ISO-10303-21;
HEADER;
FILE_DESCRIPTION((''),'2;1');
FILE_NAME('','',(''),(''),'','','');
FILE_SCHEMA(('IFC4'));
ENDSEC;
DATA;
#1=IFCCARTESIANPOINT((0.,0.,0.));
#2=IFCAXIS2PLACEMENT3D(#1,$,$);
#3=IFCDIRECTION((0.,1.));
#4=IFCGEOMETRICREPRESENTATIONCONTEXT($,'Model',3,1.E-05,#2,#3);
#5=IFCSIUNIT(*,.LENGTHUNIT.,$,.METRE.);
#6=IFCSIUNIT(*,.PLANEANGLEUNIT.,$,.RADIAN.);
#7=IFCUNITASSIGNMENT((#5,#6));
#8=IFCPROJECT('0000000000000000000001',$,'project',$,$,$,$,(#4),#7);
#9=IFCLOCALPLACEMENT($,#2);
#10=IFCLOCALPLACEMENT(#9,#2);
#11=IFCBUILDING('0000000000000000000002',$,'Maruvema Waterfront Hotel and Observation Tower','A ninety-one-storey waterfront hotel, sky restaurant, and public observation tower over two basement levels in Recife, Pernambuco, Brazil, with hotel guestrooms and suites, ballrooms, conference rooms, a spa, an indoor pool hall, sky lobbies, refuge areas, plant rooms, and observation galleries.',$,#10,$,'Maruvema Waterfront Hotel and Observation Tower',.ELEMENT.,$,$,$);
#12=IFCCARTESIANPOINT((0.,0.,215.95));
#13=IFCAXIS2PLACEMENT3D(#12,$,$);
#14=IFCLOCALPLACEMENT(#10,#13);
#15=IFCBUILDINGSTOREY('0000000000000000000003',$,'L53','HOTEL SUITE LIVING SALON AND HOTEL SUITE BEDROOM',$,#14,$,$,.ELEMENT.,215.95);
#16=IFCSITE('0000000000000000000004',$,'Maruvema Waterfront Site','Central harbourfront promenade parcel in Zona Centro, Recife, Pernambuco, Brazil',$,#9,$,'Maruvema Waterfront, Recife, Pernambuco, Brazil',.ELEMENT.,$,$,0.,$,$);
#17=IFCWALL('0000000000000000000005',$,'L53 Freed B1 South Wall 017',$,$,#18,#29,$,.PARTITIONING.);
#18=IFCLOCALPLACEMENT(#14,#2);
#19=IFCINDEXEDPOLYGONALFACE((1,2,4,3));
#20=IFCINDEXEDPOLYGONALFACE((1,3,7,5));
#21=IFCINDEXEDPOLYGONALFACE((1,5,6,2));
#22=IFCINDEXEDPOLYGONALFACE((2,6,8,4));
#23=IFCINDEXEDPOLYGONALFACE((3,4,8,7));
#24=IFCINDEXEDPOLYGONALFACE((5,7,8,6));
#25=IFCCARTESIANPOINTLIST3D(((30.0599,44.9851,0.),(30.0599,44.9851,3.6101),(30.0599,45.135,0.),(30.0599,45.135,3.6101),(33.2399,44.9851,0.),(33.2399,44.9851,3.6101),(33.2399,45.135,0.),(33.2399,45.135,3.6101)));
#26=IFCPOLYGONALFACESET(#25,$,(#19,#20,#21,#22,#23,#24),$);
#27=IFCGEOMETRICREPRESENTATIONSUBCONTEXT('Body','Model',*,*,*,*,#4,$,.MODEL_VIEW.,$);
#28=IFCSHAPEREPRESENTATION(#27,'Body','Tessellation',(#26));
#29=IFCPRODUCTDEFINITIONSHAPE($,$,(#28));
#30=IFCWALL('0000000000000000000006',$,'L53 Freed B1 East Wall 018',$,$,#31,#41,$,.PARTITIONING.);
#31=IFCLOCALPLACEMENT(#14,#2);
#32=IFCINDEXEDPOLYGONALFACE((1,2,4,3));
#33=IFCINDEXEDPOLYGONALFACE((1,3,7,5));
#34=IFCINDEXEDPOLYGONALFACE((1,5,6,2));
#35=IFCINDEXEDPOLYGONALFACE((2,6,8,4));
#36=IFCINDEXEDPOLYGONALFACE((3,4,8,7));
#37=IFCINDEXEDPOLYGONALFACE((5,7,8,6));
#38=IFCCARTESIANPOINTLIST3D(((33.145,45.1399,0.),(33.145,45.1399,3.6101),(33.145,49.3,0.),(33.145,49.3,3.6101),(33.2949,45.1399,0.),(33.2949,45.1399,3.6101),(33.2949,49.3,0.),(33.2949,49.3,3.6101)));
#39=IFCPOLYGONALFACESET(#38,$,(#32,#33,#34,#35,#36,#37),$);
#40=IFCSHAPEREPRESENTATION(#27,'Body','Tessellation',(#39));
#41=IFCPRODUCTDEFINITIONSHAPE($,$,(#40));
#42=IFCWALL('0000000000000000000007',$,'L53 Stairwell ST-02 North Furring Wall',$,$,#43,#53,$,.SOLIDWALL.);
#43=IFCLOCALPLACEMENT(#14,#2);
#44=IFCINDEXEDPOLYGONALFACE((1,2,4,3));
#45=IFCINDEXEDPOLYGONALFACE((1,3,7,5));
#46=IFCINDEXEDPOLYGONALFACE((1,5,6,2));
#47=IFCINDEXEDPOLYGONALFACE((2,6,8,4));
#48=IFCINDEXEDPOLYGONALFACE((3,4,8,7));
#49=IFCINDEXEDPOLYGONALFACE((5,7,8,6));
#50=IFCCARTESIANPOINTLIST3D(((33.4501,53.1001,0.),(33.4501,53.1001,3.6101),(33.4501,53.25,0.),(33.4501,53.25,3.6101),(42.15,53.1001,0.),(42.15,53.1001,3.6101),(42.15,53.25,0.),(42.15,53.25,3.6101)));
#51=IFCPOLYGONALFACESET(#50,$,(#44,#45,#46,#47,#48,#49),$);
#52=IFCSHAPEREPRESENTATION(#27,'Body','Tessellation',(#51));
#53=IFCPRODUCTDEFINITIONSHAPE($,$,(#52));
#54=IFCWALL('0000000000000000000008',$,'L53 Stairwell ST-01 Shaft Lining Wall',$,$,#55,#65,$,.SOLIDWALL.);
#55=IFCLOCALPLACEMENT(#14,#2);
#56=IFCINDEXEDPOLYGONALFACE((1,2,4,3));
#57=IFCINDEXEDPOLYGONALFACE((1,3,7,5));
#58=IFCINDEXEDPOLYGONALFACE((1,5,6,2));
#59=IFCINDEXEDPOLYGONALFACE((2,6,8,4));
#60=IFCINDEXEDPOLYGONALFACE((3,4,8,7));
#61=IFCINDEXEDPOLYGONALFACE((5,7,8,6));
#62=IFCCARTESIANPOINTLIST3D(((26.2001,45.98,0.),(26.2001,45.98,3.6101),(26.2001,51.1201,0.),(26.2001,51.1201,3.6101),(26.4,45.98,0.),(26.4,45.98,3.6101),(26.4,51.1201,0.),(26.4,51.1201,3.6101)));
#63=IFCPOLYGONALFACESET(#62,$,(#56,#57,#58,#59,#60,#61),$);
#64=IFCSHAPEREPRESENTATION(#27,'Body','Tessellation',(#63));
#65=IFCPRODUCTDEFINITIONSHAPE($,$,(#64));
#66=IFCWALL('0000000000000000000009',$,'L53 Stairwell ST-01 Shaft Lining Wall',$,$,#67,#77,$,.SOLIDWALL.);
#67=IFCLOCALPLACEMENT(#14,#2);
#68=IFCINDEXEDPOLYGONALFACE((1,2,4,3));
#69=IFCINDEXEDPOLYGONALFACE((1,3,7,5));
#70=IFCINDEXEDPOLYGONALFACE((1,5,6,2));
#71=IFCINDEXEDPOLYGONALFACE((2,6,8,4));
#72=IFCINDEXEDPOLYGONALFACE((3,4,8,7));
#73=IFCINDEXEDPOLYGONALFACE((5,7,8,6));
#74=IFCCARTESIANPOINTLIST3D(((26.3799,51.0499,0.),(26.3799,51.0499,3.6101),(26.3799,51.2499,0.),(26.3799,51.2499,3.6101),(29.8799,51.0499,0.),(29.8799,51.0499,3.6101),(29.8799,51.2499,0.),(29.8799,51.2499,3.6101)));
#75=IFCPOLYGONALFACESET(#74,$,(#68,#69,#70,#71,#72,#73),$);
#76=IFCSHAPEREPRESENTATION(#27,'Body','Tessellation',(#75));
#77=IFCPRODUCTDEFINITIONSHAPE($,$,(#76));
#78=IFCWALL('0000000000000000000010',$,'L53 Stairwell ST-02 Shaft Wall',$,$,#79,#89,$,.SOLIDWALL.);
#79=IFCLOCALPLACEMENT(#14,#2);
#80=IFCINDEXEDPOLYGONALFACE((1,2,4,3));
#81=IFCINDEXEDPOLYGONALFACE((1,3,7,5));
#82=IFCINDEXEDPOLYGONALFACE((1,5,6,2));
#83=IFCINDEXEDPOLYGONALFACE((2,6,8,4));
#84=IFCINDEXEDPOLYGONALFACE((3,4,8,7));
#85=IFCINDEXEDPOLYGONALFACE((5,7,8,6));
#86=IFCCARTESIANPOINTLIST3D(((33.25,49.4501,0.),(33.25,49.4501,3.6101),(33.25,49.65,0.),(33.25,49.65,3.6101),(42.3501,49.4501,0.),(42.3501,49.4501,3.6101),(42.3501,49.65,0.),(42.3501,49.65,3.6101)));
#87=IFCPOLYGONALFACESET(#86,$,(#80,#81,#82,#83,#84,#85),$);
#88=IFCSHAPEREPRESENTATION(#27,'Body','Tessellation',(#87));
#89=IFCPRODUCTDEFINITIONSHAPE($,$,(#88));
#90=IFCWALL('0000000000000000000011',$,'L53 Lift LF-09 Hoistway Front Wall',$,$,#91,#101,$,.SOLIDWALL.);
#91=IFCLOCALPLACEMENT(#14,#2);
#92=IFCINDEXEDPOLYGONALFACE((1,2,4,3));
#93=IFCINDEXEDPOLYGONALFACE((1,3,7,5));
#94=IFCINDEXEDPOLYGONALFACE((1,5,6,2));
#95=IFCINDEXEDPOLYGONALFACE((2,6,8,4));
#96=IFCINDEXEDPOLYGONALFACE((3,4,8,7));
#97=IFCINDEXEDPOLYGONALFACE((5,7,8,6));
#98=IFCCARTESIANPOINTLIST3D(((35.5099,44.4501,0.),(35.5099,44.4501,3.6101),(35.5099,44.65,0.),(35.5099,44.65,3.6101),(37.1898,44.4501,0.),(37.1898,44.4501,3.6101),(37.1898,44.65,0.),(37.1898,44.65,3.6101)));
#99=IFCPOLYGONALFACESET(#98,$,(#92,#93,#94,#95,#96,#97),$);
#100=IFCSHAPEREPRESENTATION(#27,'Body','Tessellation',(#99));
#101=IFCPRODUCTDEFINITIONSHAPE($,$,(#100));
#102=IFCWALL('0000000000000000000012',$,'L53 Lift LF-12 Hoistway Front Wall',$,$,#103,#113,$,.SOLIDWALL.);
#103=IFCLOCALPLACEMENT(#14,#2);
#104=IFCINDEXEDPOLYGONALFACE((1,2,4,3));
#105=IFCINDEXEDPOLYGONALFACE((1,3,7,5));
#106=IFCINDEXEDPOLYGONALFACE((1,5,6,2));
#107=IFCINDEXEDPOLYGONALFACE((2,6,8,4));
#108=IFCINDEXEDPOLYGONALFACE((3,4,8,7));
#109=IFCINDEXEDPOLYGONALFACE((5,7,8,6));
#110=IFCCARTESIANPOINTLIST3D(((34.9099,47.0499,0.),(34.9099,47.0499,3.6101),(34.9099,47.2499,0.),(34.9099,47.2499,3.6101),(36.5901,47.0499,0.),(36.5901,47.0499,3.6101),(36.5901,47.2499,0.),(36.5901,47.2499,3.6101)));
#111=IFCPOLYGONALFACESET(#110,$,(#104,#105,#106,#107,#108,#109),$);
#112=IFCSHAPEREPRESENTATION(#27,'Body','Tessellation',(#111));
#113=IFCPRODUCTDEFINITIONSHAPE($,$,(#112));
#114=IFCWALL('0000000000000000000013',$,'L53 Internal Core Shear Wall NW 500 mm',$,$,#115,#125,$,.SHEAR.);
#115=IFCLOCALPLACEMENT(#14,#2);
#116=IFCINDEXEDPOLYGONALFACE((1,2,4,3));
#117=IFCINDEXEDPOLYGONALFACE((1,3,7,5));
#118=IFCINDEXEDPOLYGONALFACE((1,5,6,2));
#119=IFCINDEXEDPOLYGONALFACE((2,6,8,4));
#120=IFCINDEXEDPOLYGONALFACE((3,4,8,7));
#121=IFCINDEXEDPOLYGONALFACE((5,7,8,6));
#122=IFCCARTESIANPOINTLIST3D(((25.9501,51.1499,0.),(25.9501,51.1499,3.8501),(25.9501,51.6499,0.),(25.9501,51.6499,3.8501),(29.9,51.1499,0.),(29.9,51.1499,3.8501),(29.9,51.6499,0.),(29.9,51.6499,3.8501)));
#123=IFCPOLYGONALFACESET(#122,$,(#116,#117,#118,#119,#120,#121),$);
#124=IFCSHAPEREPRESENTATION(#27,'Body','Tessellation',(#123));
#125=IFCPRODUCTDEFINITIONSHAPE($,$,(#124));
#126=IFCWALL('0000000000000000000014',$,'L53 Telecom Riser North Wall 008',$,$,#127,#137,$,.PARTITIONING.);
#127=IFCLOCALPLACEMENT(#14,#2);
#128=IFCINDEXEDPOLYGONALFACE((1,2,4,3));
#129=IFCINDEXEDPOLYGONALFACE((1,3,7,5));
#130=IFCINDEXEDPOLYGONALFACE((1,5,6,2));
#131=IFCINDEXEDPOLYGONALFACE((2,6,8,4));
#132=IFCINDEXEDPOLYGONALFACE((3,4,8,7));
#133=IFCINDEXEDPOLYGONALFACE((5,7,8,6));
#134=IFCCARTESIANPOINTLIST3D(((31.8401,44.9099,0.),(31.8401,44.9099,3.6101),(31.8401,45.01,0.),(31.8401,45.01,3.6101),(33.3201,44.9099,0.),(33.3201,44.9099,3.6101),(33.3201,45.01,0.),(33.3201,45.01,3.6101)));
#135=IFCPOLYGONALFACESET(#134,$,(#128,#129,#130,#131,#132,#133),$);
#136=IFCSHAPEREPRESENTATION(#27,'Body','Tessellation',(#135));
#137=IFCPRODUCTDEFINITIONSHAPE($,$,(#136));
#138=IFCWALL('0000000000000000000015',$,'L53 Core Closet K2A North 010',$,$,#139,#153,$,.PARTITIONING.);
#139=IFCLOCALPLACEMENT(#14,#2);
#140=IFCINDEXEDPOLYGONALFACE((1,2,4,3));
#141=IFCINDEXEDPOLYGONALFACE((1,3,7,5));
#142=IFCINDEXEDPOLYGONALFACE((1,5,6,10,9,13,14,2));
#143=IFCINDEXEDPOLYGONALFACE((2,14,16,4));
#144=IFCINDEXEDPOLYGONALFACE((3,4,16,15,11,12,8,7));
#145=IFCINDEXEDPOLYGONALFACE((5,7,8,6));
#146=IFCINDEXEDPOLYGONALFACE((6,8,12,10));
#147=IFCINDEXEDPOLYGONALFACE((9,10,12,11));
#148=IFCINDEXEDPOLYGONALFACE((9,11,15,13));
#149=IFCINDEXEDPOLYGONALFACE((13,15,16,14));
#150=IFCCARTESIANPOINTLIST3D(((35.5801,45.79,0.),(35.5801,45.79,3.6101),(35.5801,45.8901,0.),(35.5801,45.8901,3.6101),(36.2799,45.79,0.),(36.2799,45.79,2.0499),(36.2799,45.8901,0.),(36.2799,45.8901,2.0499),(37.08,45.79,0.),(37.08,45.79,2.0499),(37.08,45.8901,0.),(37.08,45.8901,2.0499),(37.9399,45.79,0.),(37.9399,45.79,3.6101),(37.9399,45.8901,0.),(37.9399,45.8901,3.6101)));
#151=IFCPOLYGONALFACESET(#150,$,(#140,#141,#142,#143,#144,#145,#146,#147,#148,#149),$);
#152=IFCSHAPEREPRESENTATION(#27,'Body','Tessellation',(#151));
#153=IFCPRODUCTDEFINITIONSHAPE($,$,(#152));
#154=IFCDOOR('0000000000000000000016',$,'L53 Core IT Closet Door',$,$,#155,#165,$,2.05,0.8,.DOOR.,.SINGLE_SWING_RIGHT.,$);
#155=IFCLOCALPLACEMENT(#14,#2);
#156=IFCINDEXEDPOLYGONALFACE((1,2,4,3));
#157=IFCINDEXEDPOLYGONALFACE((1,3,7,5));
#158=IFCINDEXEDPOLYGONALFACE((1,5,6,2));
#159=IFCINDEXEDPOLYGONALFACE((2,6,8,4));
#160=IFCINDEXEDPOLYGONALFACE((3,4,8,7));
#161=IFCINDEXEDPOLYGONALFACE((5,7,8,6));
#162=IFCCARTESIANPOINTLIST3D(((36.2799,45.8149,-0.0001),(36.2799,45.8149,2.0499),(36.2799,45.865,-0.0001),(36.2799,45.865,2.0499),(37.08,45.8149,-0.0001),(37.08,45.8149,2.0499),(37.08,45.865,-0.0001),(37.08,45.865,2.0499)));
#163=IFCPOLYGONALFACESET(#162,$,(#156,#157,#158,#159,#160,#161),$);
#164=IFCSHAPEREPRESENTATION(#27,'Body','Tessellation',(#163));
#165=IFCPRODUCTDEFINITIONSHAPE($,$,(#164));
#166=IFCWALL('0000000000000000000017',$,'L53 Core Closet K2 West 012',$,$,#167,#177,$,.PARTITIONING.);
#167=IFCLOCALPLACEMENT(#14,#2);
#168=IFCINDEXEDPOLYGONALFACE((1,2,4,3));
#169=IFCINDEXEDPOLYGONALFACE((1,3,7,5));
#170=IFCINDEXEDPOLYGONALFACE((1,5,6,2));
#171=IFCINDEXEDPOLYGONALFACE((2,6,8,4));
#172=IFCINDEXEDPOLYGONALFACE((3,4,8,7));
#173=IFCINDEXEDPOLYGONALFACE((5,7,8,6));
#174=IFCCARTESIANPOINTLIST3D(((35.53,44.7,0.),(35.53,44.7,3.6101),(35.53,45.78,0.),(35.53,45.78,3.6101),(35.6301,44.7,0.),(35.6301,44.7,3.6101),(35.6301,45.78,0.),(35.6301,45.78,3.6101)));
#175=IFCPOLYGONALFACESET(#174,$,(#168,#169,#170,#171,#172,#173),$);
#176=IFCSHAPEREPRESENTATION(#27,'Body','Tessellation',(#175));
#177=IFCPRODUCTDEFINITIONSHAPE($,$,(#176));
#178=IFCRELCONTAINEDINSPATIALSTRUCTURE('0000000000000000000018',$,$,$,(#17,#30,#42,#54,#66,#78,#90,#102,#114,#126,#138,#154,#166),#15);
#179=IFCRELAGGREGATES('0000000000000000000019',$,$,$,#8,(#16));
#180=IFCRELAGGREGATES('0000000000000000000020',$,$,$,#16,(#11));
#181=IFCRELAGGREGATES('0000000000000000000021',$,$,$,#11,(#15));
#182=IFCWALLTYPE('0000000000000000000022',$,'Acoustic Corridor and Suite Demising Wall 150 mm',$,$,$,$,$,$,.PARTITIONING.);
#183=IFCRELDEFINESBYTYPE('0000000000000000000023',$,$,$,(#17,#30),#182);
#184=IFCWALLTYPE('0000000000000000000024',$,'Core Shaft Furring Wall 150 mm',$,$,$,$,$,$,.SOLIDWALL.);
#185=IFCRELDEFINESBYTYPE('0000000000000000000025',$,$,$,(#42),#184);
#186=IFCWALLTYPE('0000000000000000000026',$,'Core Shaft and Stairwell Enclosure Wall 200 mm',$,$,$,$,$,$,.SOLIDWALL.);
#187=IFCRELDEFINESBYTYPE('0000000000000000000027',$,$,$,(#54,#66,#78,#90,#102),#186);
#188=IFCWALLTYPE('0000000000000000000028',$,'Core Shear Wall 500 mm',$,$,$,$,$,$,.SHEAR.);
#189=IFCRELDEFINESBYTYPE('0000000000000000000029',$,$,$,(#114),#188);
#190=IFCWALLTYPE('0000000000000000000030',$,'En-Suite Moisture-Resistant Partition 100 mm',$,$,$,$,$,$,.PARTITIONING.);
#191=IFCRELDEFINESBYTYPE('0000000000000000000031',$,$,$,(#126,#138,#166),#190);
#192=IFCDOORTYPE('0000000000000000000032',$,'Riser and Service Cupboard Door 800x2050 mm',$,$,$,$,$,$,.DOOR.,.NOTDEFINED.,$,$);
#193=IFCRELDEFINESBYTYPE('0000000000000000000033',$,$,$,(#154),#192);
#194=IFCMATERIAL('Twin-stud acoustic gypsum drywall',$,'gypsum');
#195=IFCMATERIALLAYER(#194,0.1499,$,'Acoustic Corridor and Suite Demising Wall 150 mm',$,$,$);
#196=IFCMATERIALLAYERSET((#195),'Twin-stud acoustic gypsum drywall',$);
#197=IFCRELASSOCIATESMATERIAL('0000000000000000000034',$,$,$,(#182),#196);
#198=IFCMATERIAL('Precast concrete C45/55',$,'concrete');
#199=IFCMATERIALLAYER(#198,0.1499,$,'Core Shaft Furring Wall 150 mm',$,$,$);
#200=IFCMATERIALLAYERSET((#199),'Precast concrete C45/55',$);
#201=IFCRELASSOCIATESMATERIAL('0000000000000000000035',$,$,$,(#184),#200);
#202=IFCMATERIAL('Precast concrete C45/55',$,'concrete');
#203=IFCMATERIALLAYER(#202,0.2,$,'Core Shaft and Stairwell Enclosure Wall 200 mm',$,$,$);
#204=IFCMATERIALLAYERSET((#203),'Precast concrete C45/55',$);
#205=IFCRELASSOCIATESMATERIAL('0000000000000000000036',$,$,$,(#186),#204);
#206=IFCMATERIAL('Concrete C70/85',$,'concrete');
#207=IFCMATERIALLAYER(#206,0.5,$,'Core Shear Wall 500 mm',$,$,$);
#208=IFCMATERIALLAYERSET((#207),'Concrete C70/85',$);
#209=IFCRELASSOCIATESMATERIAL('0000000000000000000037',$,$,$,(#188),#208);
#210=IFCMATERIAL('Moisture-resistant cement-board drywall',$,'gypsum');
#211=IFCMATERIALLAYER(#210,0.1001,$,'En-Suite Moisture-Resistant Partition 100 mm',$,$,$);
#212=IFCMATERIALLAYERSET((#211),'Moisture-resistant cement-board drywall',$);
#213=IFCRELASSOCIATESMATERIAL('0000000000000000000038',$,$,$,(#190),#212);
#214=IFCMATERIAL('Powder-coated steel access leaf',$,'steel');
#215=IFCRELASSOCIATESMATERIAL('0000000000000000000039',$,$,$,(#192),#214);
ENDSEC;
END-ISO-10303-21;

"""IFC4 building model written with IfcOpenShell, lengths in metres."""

from ifc_helpers import new_model, si_unit, direction, frame, frame_2d, origin, place, context, subcontext, project, spatial, rectangle, extrude, material, layer, layer_set, type_object, element, fill, save


model = new_model("IFC4")

# Units and contexts
model_context = context("Model", 3, precision=1e-05, world=origin(), true_north=direction((0.0, 1.0)))
body_context = subcontext(model_context, "Body", "Model", "MODEL_VIEW")
ifc_project = project(units=[si_unit("LENGTHUNIT", "METRE"), si_unit("PLANEANGLEUNIT", "RADIAN")], contexts=[model_context])

# Site, building, storey
site_placement = place(None, origin())
site = spatial("IfcSite", under=ifc_project, at=site_placement, Name="Maruvema Waterfront Site", Description="Central harbourfront promenade parcel in Zona Centro, Recife, Pernambuco, Brazil", LongName="Maruvema Waterfront, Recife, Pernambuco, Brazil", CompositionType="ELEMENT", RefElevation=0.0)
building_placement = place(site_placement, origin())
building = spatial("IfcBuilding", under=site, at=building_placement, Name="Maruvema Waterfront Hotel and Observation Tower", Description="A ninety-one-storey waterfront hotel, sky restaurant, and public observation tower over two basement levels in Recife, Pernambuco, Brazil, with hotel guestrooms and suites, ballrooms, conference rooms, a spa, an indoor pool hall, sky lobbies, refuge areas, plant rooms, and observation galleries.", LongName="Maruvema Waterfront Hotel and Observation Tower", CompositionType="ELEMENT")
storey_placement = place(building_placement, frame((0.0, 0.0, 215.95)))
storey = spatial("IfcBuildingStorey", under=building, at=storey_placement, Name="L53", Description="HOTEL SUITE LIVING SALON AND HOTEL SUITE BEDROOM", CompositionType="ELEMENT", Elevation=215.95)

# Walls
ifc_material_1 = material(Name="Twin-stud acoustic gypsum drywall", Category="gypsum")
ifc_layer_1 = layer(ifc_material_1, 0.1499, Name="Acoustic Corridor and Suite Demising Wall 150 mm")
ifc_layer_set_1 = layer_set([ifc_layer_1], Name="Twin-stud acoustic gypsum drywall")
wall_type_1 = type_object("IfcWallType", Name="Acoustic Corridor and Suite Demising Wall 150 mm", PredefinedType="PARTITIONING", material=ifc_layer_set_1)
wall_1_placement = place(storey_placement, frame((30.0601, 45.0601, 0.0), z_axis=(0.0, 0.0, 1.0), x_axis=(1.0, 0.0, 0.0)))
element("IfcWall", 1, at=wall_1_placement, inside=storey, type_object=wall_type_1, Name="L53 Freed B1 South Wall 017", PredefinedType="PARTITIONING", context=body_context, shape_type="SweptSolid", body=[
    extrude(rectangle(XDim=3.1799, YDim=0.1499, at=frame_2d((1.5898, 0.0))), origin(), (0.0, 0.0, 1.0), 3.6101),
])
wall_2_placement = place(storey_placement, frame((33.22, 45.1399, 0.0), z_axis=(0.0, 0.0, 1.0), x_axis=(0.0, 1.0, 0.0)))
element("IfcWall", 2, at=wall_2_placement, inside=storey, type_object=wall_type_1, Name="L53 Freed B1 East Wall 018", PredefinedType="PARTITIONING", context=body_context, shape_type="SweptSolid", body=[
    extrude(rectangle(XDim=4.1602, YDim=0.1499, at=frame_2d((2.0801, 0.0))), origin(), (0.0, 0.0, 1.0), 3.6101),
])
ifc_material_2 = material(Name="Precast concrete C45/55", Category="concrete")
ifc_layer_2 = layer(ifc_material_2, 0.1499, Name="Core Shaft Furring Wall 150 mm")
ifc_layer_set_2 = layer_set([ifc_layer_2], Name="Precast concrete C45/55")
wall_type_2 = type_object("IfcWallType", Name="Core Shaft Furring Wall 150 mm", PredefinedType="SOLIDWALL", material=ifc_layer_set_2)
wall_3_placement = place(storey_placement, frame((33.45, 53.175, 0.0), z_axis=(0.0, 0.0, 1.0), x_axis=(1.0, 0.0, 0.0)))
element("IfcWall", 3, at=wall_3_placement, inside=storey, type_object=wall_type_2, Name="L53 Stairwell ST-02 North Furring Wall", PredefinedType="SOLIDWALL", context=body_context, shape_type="SweptSolid", body=[
    extrude(rectangle(XDim=8.7, YDim=0.1499, at=frame_2d((4.3501, 0.0))), origin(), (0.0, 0.0, 1.0), 3.6101),
])
ifc_material_3 = material(Name="Precast concrete C45/55", Category="concrete")
ifc_layer_3 = layer(ifc_material_3, 0.2, Name="Core Shaft and Stairwell Enclosure Wall 200 mm")
ifc_layer_set_3 = layer_set([ifc_layer_3], Name="Precast concrete C45/55")
wall_type_3 = type_object("IfcWallType", Name="Core Shaft and Stairwell Enclosure Wall 200 mm", PredefinedType="SOLIDWALL", material=ifc_layer_set_3)
wall_4_placement = place(storey_placement, frame((26.3, 45.98, 0.0), z_axis=(0.0, 0.0, 1.0), x_axis=(0.0, 1.0, 0.0)))
element("IfcWall", 4, at=wall_4_placement, inside=storey, type_object=wall_type_3, Name="L53 Stairwell ST-01 Shaft Lining Wall", PredefinedType="SOLIDWALL", context=body_context, shape_type="SweptSolid", body=[
    extrude(rectangle(XDim=5.1401, YDim=0.2, at=frame_2d((2.5701, 0.0))), origin(), (0.0, 0.0, 1.0), 3.6101),
])
wall_5_placement = place(storey_placement, frame((26.3799, 51.1499, 0.0), z_axis=(0.0, 0.0, 1.0), x_axis=(1.0, 0.0, 0.0)))
element("IfcWall", 5, at=wall_5_placement, inside=storey, type_object=wall_type_3, Name="L53 Stairwell ST-01 Shaft Lining Wall", PredefinedType="SOLIDWALL", context=body_context, shape_type="SweptSolid", body=[
    extrude(rectangle(XDim=3.5, YDim=0.2, at=frame_2d((1.75, 0.0))), origin(), (0.0, 0.0, 1.0), 3.6101),
])
wall_6_placement = place(storey_placement, frame((33.25, 49.55, 0.0), z_axis=(0.0, 0.0, 1.0), x_axis=(1.0, 0.0, 0.0)))
element("IfcWall", 6, at=wall_6_placement, inside=storey, type_object=wall_type_3, Name="L53 Stairwell ST-02 Shaft Wall", PredefinedType="SOLIDWALL", context=body_context, shape_type="SweptSolid", body=[
    extrude(rectangle(XDim=9.1001, YDim=0.2, at=frame_2d((4.55, 0.0))), origin(), (0.0, 0.0, 1.0), 3.6101),
])

# Walls
wall_7_placement = place(storey_placement, frame((35.51, 44.55, 0.0), z_axis=(0.0, 0.0, 1.0), x_axis=(1.0, 0.0, 0.0)))
element("IfcWall", 7, at=wall_7_placement, inside=storey, type_object=wall_type_3, Name="L53 Lift LF-09 Hoistway Front Wall", PredefinedType="SOLIDWALL", context=body_context, shape_type="SweptSolid", body=[
    extrude(rectangle(XDim=1.6799, YDim=0.2, at=frame_2d((0.8398, 0.0))), origin(), (0.0, 0.0, 1.0), 3.6101),
])
wall_8_placement = place(storey_placement, frame((34.9099, 47.1499, 0.0), z_axis=(0.0, 0.0, 1.0), x_axis=(1.0, 0.0, 0.0)))
element("IfcWall", 8, at=wall_8_placement, inside=storey, type_object=wall_type_3, Name="L53 Lift LF-12 Hoistway Front Wall", PredefinedType="SOLIDWALL", context=body_context, shape_type="SweptSolid", body=[
    extrude(rectangle(XDim=1.6802, YDim=0.2, at=frame_2d((0.8401, 0.0))), origin(), (0.0, 0.0, 1.0), 3.6101),
])
ifc_material_4 = material(Name="Concrete C70/85", Category="concrete")
ifc_layer_4 = layer(ifc_material_4, 0.5, Name="Core Shear Wall 500 mm")
ifc_layer_set_4 = layer_set([ifc_layer_4], Name="Concrete C70/85")
wall_type_4 = type_object("IfcWallType", Name="Core Shear Wall 500 mm", PredefinedType="SHEAR", material=ifc_layer_set_4)
wall_9_placement = place(storey_placement, frame((25.95, 51.3999, 0.0), z_axis=(0.0, 0.0, 1.0), x_axis=(1.0, 0.0, 0.0)))
element("IfcWall", 9, at=wall_9_placement, inside=storey, type_object=wall_type_4, Name="L53 Internal Core Shear Wall NW 500 mm", PredefinedType="SHEAR", context=body_context, shape_type="SweptSolid", body=[
    extrude(rectangle(XDim=3.95, YDim=0.5, at=frame_2d((1.9751, 0.0))), origin(), (0.0, 0.0, 1.0), 3.8501),
])
ifc_material_5 = material(Name="Moisture-resistant cement-board drywall", Category="gypsum")
ifc_layer_5 = layer(ifc_material_5, 0.1001, Name="En-Suite Moisture-Resistant Partition 100 mm")
ifc_layer_set_5 = layer_set([ifc_layer_5], Name="Moisture-resistant cement-board drywall")
wall_type_5 = type_object("IfcWallType", Name="En-Suite Moisture-Resistant Partition 100 mm", PredefinedType="PARTITIONING", material=ifc_layer_set_5)
wall_10_placement = place(storey_placement, frame((31.8401, 44.96, 0.0), z_axis=(0.0, 0.0, 1.0), x_axis=(1.0, 0.0, 0.0)))
element("IfcWall", 10, at=wall_10_placement, inside=storey, type_object=wall_type_5, Name="L53 Telecom Riser North Wall 008", PredefinedType="PARTITIONING", context=body_context, shape_type="SweptSolid", body=[
    extrude(rectangle(XDim=1.48, YDim=0.1001, at=frame_2d((0.74, 0.0))), origin(), (0.0, 0.0, 1.0), 3.6101),
])

# Wall, opening, door
wall_11_placement = place(storey_placement, frame((35.5801, 45.8401, 0.0), z_axis=(0.0, 0.0, 1.0), x_axis=(1.0, 0.0, 0.0)))
wall_11 = element("IfcWall", 11, at=wall_11_placement, inside=storey, type_object=wall_type_5, Name="L53 Core Closet K2A North 010", PredefinedType="PARTITIONING", context=body_context, shape_type="SweptSolid", body=[
    extrude(rectangle(XDim=2.3599, YDim=0.1001, at=frame_2d((1.1799, 0.0))), origin(), (0.0, 0.0, 1.0), 3.6101),
])
opening_1_placement = place(wall_11_placement, frame((0.7, 0.0, 0.0)))
opening_1 = element("IfcOpeningElement", 12, at=opening_1_placement, cuts=wall_11, PredefinedType="OPENING", context=body_context, shape_type="SweptSolid", body=[
    extrude(rectangle(XDim=0.8, YDim=2.05, at=frame_2d((0.3999, 1.0249))), frame((0.0, 0.0601, 0.0), z_axis=(0.0, -1.0, 0.0), x_axis=(1.0, 0.0, 0.0)), (0.0, 0.0, 1.0), 0.1201),
])
ifc_material_6 = material(Name="Powder-coated steel access leaf", Category="steel")
door_type_1 = type_object("IfcDoorType", Name="Riser and Service Cupboard Door 800x2050 mm", OperationType="NOTDEFINED", PredefinedType="DOOR", material=ifc_material_6)
door_1_placement = place(opening_1_placement, origin())
door_1 = element("IfcDoor", 13, at=door_1_placement, inside=storey, type_object=door_type_1, Name="L53 Core IT Closet Door", OperationType="SINGLE_SWING_RIGHT", OverallHeight=2.05, OverallWidth=0.8, PredefinedType="DOOR", context=body_context, shape_type="SweptSolid", body=[
    extrude(rectangle(XDim=0.8, YDim=2.05, at=frame_2d((0.3999, 1.0249))), frame((0.0, 0.0249, 0.0), z_axis=(0.0, -1.0, 0.0), x_axis=(1.0, 0.0, 0.0)), (0.0, 0.0, 1.0), 0.05),
])
fill(opening_1, door_1)

# Wall
wall_12_placement = place(storey_placement, frame((35.5801, 44.7, 0.0), z_axis=(0.0, 0.0, 1.0), x_axis=(0.0, 1.0, 0.0)))
element("IfcWall", 14, at=wall_12_placement, inside=storey, type_object=wall_type_5, Name="L53 Core Closet K2 West 012", PredefinedType="PARTITIONING", context=body_context, shape_type="SweptSolid", body=[
    extrude(rectangle(XDim=1.0801, YDim=0.1001, at=frame_2d((0.54, 0.0))), origin(), (0.0, 0.0, 1.0), 3.6101),
])

save(model, "model.ifc")
